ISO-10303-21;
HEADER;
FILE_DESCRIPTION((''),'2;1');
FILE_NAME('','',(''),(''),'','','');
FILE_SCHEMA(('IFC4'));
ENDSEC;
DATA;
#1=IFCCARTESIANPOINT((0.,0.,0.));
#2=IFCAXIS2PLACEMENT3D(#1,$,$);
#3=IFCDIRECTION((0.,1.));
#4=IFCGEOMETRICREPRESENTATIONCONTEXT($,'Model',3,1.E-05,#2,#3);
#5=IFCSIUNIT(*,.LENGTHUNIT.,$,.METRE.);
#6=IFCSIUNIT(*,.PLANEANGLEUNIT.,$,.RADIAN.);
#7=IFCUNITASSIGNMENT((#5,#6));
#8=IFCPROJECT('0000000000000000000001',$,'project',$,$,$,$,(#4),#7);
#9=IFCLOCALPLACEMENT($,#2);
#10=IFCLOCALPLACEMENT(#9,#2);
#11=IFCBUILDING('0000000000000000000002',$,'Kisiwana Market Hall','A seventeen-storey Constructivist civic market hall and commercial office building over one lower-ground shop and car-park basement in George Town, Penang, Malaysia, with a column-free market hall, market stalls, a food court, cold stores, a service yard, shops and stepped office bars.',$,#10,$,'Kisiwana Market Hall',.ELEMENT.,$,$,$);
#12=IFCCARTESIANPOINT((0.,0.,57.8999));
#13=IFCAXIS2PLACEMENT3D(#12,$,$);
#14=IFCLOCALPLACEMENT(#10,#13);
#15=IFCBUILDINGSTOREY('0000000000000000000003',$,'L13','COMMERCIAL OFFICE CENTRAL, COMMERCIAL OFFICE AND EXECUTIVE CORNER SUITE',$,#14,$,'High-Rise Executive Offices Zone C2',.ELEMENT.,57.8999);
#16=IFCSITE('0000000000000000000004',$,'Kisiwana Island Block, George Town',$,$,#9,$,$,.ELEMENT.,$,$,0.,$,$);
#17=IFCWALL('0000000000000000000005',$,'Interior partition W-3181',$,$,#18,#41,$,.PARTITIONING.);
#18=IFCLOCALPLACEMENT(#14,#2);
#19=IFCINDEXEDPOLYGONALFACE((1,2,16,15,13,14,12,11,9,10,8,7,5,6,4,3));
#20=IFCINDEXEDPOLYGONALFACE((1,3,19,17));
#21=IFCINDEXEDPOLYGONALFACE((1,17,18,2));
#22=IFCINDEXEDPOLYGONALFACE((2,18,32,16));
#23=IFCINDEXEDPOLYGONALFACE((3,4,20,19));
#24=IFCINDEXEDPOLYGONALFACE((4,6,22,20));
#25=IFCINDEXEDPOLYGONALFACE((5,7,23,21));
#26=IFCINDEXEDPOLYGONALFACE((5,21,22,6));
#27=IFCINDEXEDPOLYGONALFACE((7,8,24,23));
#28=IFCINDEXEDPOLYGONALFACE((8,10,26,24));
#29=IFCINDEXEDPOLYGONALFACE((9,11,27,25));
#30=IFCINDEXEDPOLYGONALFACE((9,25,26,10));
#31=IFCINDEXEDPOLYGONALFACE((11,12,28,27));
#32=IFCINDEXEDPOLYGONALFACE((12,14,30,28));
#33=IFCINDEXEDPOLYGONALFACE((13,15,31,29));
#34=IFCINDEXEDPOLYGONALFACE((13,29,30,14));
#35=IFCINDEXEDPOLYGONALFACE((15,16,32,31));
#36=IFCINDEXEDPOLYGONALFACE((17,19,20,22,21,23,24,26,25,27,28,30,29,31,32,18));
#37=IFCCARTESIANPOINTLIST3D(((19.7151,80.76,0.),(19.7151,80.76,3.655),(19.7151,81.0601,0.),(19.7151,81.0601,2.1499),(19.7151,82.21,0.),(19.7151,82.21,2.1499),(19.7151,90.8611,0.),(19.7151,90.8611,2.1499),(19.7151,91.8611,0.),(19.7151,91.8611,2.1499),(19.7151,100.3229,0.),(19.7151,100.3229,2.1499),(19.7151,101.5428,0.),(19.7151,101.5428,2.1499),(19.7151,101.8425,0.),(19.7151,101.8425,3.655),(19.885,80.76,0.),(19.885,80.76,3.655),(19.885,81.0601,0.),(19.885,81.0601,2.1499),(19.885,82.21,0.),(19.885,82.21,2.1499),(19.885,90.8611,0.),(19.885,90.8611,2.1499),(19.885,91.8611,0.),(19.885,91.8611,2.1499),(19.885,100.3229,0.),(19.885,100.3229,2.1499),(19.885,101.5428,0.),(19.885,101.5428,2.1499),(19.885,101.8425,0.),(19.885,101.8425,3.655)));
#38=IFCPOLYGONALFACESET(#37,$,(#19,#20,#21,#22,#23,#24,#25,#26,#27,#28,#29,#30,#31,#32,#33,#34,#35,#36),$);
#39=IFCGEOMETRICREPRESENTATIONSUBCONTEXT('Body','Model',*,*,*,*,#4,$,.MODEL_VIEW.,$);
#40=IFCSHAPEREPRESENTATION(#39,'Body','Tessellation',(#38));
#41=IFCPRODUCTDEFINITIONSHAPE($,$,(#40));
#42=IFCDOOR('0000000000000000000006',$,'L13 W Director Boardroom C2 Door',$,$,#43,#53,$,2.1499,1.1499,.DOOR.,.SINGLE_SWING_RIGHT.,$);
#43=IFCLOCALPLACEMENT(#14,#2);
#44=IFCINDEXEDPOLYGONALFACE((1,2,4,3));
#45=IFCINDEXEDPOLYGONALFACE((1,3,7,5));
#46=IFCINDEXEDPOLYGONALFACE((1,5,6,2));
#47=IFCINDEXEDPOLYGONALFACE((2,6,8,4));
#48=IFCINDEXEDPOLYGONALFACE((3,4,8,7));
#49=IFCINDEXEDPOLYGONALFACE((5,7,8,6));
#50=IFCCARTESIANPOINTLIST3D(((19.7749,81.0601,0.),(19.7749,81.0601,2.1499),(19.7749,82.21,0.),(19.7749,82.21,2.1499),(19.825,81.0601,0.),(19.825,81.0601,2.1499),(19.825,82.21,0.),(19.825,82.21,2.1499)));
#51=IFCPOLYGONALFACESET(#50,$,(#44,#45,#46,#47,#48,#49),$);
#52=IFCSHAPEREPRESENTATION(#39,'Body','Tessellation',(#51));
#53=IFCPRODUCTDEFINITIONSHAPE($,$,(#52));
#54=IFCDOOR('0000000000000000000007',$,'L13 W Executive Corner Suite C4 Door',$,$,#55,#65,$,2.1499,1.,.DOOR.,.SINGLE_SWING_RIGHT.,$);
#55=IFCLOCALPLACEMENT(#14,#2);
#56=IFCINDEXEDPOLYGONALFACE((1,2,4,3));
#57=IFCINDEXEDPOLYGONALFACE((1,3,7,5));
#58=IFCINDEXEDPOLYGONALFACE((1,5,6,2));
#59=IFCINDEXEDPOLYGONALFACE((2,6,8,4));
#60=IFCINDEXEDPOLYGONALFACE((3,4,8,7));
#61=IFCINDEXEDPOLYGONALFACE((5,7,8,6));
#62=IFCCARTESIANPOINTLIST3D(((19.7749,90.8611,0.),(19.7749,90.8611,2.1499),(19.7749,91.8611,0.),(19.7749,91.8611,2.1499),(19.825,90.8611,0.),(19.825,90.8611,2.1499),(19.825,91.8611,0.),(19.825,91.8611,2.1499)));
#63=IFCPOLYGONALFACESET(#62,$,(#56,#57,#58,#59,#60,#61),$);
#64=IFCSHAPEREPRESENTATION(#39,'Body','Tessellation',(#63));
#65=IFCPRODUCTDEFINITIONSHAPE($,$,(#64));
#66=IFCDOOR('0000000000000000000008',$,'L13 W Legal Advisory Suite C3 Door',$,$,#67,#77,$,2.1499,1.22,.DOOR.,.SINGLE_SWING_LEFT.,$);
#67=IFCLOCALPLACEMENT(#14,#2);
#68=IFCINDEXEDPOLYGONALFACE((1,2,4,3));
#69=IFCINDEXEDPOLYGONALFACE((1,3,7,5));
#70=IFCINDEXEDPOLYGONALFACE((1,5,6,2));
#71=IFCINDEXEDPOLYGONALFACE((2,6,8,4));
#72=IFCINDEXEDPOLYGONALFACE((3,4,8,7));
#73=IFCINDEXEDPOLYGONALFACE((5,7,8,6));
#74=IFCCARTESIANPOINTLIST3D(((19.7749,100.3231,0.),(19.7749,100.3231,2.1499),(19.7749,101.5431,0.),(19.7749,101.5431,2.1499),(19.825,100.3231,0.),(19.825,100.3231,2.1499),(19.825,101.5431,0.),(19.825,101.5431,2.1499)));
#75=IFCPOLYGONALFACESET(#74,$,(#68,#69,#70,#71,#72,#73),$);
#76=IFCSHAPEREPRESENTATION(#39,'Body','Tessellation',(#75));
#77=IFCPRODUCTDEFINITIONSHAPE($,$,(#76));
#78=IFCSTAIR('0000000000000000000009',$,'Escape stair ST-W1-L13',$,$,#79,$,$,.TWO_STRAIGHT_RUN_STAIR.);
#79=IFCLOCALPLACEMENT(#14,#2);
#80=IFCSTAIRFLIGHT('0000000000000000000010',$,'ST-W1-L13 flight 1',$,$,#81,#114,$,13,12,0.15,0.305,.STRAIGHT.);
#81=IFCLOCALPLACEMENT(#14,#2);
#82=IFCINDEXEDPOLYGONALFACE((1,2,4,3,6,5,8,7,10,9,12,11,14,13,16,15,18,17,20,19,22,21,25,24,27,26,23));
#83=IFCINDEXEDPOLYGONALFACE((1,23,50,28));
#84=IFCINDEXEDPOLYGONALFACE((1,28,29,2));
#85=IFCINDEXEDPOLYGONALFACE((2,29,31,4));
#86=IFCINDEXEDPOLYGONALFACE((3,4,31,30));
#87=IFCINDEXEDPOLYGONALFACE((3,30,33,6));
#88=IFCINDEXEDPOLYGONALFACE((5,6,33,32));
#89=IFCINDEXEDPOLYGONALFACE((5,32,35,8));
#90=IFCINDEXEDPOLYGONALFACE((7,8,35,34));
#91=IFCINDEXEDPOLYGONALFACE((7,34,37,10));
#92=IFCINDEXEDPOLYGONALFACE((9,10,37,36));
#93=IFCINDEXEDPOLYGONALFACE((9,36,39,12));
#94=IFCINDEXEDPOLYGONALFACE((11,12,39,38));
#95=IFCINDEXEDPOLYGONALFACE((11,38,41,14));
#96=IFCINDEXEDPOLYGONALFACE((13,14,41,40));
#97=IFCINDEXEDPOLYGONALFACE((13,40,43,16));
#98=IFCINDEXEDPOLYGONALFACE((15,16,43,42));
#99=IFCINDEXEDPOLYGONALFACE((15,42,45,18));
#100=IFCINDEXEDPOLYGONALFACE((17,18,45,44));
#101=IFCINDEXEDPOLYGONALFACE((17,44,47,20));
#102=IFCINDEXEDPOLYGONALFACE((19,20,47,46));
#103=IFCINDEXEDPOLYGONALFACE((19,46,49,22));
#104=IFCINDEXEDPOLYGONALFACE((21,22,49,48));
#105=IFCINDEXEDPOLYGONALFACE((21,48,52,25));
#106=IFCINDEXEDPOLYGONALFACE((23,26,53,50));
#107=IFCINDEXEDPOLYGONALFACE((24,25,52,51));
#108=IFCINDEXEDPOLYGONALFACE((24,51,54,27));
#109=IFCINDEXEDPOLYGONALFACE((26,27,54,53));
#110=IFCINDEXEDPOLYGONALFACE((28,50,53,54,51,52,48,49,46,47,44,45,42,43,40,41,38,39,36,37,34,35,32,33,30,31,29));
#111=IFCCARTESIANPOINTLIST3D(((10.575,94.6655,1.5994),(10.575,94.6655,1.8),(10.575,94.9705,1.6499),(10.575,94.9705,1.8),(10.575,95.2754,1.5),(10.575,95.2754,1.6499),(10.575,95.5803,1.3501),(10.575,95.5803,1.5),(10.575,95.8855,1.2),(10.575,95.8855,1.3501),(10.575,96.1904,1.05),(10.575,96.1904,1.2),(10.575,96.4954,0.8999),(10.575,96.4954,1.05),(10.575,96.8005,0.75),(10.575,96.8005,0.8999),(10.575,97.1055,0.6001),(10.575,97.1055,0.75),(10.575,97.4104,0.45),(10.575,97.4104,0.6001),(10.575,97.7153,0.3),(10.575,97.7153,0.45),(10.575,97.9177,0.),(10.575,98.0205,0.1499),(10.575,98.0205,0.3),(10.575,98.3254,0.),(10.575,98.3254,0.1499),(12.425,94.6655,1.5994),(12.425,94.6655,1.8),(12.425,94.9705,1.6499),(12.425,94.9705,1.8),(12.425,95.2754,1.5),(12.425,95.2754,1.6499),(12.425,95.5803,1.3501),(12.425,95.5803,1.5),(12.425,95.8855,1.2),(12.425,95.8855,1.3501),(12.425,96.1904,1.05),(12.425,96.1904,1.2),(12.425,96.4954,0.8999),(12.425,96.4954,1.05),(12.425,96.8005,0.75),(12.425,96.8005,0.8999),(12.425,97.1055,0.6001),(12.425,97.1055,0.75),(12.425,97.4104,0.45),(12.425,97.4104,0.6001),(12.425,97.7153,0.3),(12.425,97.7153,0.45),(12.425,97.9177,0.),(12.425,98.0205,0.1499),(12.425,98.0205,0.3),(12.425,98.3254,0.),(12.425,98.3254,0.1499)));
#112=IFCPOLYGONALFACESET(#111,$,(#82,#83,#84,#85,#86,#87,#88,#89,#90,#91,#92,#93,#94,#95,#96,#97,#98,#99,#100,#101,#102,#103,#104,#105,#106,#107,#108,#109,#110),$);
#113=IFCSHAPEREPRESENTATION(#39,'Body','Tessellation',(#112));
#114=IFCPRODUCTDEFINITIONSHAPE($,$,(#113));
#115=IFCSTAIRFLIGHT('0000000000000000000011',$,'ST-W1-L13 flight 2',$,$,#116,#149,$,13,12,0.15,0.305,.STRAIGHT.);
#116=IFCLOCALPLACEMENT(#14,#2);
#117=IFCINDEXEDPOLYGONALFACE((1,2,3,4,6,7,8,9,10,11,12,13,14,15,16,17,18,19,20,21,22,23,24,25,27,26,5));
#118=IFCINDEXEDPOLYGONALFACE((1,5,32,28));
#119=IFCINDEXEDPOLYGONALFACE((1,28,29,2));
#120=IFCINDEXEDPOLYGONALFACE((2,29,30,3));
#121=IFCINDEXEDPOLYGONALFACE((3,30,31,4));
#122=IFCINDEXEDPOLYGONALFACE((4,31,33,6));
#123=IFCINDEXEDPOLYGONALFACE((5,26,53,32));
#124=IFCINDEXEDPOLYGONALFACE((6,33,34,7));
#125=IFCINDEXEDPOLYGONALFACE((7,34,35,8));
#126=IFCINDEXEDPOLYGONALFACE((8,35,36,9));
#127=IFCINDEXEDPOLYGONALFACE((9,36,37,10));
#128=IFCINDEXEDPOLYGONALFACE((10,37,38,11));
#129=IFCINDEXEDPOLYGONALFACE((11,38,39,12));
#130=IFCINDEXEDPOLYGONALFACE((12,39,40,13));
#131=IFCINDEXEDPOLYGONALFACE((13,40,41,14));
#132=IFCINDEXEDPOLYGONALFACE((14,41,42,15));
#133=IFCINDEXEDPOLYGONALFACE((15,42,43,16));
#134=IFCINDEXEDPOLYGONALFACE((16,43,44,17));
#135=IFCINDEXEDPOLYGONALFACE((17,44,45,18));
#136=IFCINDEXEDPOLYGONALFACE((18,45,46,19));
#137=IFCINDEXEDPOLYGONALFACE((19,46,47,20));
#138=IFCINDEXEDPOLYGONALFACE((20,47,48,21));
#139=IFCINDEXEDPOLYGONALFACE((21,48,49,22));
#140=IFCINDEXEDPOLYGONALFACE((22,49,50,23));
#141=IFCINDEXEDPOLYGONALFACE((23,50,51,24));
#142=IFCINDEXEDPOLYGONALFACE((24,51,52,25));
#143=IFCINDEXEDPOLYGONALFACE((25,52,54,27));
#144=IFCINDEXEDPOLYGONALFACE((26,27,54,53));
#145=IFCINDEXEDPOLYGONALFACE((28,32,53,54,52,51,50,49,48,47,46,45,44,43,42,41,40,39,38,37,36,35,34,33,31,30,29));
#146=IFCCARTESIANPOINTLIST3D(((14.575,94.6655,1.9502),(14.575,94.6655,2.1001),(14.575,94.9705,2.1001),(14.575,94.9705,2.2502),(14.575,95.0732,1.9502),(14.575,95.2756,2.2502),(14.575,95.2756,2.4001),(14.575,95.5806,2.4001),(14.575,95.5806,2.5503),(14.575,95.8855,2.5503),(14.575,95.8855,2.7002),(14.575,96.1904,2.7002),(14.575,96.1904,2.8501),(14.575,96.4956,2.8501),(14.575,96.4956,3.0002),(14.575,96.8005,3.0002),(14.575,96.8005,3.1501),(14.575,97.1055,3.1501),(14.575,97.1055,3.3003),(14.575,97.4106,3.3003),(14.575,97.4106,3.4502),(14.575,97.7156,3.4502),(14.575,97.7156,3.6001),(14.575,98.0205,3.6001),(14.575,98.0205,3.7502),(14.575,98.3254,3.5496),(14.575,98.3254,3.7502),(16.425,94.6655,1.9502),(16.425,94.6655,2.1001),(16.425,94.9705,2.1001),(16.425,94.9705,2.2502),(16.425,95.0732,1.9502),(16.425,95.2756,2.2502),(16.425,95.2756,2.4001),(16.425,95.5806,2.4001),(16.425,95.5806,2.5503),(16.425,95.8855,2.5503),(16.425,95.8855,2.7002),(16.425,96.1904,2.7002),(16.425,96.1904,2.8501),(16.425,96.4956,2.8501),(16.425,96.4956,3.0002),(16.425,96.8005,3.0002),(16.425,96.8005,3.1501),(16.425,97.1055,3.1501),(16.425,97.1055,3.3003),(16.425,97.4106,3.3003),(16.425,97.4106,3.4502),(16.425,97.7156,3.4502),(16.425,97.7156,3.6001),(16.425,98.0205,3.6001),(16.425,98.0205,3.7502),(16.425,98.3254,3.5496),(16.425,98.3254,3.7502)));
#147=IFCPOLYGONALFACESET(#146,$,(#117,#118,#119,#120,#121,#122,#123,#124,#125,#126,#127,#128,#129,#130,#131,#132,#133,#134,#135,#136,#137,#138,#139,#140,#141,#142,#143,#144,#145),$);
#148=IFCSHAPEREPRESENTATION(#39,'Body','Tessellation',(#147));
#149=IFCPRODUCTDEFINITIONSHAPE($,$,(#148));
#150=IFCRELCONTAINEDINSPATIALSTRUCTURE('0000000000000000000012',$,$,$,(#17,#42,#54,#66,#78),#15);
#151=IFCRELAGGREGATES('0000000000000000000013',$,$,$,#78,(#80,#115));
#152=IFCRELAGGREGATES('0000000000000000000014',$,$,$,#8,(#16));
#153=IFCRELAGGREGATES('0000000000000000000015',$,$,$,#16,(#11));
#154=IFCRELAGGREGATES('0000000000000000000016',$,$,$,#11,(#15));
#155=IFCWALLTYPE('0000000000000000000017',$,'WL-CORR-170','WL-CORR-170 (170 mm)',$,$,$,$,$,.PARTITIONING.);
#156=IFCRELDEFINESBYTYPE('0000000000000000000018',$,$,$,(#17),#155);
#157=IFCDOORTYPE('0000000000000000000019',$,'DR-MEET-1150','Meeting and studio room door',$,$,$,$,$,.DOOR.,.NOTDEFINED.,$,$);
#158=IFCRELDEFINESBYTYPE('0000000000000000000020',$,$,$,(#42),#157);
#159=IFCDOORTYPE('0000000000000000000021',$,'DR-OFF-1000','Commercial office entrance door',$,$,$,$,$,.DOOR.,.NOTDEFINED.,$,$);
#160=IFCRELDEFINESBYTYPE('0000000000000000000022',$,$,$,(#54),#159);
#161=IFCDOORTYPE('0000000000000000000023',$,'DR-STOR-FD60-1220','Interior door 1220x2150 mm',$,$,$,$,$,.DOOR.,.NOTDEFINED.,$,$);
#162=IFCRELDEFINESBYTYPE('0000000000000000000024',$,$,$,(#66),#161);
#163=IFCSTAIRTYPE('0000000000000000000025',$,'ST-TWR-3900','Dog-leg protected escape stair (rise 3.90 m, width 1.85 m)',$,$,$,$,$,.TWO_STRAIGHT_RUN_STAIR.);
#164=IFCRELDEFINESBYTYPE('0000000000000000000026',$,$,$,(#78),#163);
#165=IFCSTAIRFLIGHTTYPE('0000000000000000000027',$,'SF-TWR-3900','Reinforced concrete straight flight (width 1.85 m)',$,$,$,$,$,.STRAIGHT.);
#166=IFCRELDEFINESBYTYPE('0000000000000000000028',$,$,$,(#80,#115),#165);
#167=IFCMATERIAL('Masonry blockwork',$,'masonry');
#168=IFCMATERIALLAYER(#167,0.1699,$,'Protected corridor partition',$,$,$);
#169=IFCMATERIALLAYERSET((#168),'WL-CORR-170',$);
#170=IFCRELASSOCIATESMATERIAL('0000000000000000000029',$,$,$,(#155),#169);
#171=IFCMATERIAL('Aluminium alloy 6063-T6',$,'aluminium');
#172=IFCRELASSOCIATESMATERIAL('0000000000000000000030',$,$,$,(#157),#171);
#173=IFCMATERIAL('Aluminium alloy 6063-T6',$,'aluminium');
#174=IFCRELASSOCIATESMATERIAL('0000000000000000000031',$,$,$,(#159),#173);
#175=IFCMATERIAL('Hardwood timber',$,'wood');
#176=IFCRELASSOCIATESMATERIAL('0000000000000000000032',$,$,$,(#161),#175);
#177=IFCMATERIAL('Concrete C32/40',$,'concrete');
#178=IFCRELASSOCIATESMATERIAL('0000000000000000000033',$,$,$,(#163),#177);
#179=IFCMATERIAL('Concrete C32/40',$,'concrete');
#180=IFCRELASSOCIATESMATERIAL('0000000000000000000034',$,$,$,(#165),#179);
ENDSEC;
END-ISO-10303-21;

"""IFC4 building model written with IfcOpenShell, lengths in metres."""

from ifc_helpers import new_model, si_unit, direction, frame, frame_2d, origin, place, context, subcontext, project, spatial, polyline, rectangle, outline, extrude, material, layer, layer_set, type_object, element, fill, aggregate, save


model = new_model("IFC4")

# Units and contexts
model_context = context("Model", 3, precision=1e-05, world=origin(), true_north=direction((0.0, 1.0)))
body_context = subcontext(model_context, "Body", "Model", "MODEL_VIEW")
ifc_project = project(units=[si_unit("LENGTHUNIT", "METRE"), si_unit("PLANEANGLEUNIT", "RADIAN")], contexts=[model_context])

# Site, building, storey
site_placement = place(None, origin())
site = spatial("IfcSite", under=ifc_project, at=site_placement, Name="Kisiwana Island Block, George Town", CompositionType="ELEMENT", RefElevation=0.0)
building_placement = place(site_placement, origin())
building = spatial("IfcBuilding", under=site, at=building_placement, Name="Kisiwana Market Hall", Description="A seventeen-storey Constructivist civic market hall and commercial office building over one lower-ground shop and car-park basement in George Town, Penang, Malaysia, with a column-free market hall, market stalls, a food court, cold stores, a service yard, shops and stepped office bars.", LongName="Kisiwana Market Hall", CompositionType="ELEMENT")
storey_placement = place(building_placement, frame((0.0, 0.0, 57.8999)))
storey = spatial("IfcBuildingStorey", under=building, at=storey_placement, Name="L13", Description="COMMERCIAL OFFICE CENTRAL, COMMERCIAL OFFICE AND EXECUTIVE CORNER SUITE", LongName="High-Rise Executive Offices Zone C2", CompositionType="ELEMENT", Elevation=57.8999)

# Wall, openings, doors
ifc_material_1 = material(Name="Masonry blockwork", Category="masonry")
ifc_layer_1 = layer(ifc_material_1, 0.1699, Name="Protected corridor partition")
ifc_layer_set_1 = layer_set([ifc_layer_1], Name="WL-CORR-170")
wall_type_1 = type_object("IfcWallType", Name="WL-CORR-170", Description="WL-CORR-170 (170 mm)", PredefinedType="PARTITIONING", material=ifc_layer_set_1)
wall_1_placement = place(storey_placement, frame((19.8, 80.76, 0.0), z_axis=(0.0, 0.0, 1.0), x_axis=(0.0, 1.0, 0.0)))
wall_1 = element("IfcWall", 1, at=wall_1_placement, inside=storey, type_object=wall_type_1, Name="Interior partition W-3181", PredefinedType="PARTITIONING", context=body_context, shape_type="SweptSolid", body=[
    extrude(rectangle(XDim=21.0825, YDim=0.1699, at=frame_2d((10.5413, 0.0))), origin(), (0.0, 0.0, 1.0), 3.655),
])
opening_1_placement = place(wall_1_placement, frame((10.1011, 0.0, 0.0)))
opening_1 = element("IfcOpeningElement", 2, at=opening_1_placement, cuts=wall_1, PredefinedType="OPENING", context=body_context, shape_type="SweptSolid", body=[
    extrude(rectangle(XDim=1.0, YDim=2.1499, at=frame_2d((0.5, 1.075))), frame((0.0, 0.0969, 0.0), z_axis=(0.0, -1.0, 0.0), x_axis=(1.0, 0.0, 0.0)), (0.0, 0.0, 1.0), 0.1938),
])
opening_2_placement = place(wall_1_placement, frame((0.3, 0.0, 0.0)))
opening_2 = element("IfcOpeningElement", 3, at=opening_2_placement, cuts=wall_1, PredefinedType="OPENING", context=body_context, shape_type="SweptSolid", body=[
    extrude(rectangle(XDim=1.1499, YDim=2.1499, at=frame_2d((0.575, 1.075))), frame((0.0, 0.0969, 0.0), z_axis=(0.0, -1.0, 0.0), x_axis=(1.0, 0.0, 0.0)), (0.0, 0.0, 1.0), 0.1938),
])
opening_3_placement = place(wall_1_placement, frame((19.563, 0.0, 0.0)))
opening_3 = element("IfcOpeningElement", 4, at=opening_3_placement, cuts=wall_1, PredefinedType="OPENING", context=body_context, shape_type="SweptSolid", body=[
    extrude(rectangle(XDim=1.22, YDim=2.1499, at=frame_2d((0.6099, 1.075))), frame((0.0, 0.0969, 0.0), z_axis=(0.0, -1.0, 0.0), x_axis=(1.0, 0.0, 0.0)), (0.0, 0.0, 1.0), 0.1938),
])
ifc_material_2 = material(Name="Aluminium alloy 6063-T6", Category="aluminium")
door_type_1 = type_object("IfcDoorType", Name="DR-MEET-1150", Description="Meeting and studio room door", OperationType="NOTDEFINED", PredefinedType="DOOR", material=ifc_material_2)
door_1_placement = place(opening_2_placement, frame((1.1499, 0.0, 0.0), z_axis=(0.0, 0.0, 1.0), x_axis=(-1.0, 0.0, 0.0)))
door_1 = element("IfcDoor", 5, at=door_1_placement, inside=storey, type_object=door_type_1, Name="L13 W Director Boardroom C2 Door", OperationType="SINGLE_SWING_RIGHT", OverallHeight=2.1499, OverallWidth=1.1499, PredefinedType="DOOR", context=body_context, shape_type="SweptSolid", body=[
    extrude(rectangle(XDim=1.1499, YDim=2.1499, at=frame_2d((0.575, 1.075))), frame((0.0, 0.0249, 0.0), z_axis=(0.0, -1.0, 0.0), x_axis=(1.0, 0.0, 0.0)), (0.0, 0.0, 1.0), 0.05),
])
fill(opening_2, door_1)
ifc_material_3 = material(Name="Aluminium alloy 6063-T6", Category="aluminium")
door_type_2 = type_object("IfcDoorType", Name="DR-OFF-1000", Description="Commercial office entrance door", OperationType="NOTDEFINED", PredefinedType="DOOR", material=ifc_material_3)
door_2_placement = place(opening_1_placement, frame((1.0, 0.0, 0.0), z_axis=(0.0, 0.0, 1.0), x_axis=(-1.0, 0.0, 0.0)))
door_2 = element("IfcDoor", 6, at=door_2_placement, inside=storey, type_object=door_type_2, Name="L13 W Executive Corner Suite C4 Door", OperationType="SINGLE_SWING_RIGHT", OverallHeight=2.1499, OverallWidth=1.0, PredefinedType="DOOR", context=body_context, shape_type="SweptSolid", body=[
    extrude(rectangle(XDim=1.0, YDim=2.1499, at=frame_2d((0.5, 1.075))), frame((0.0, 0.0249, 0.0), z_axis=(0.0, -1.0, 0.0), x_axis=(1.0, 0.0, 0.0)), (0.0, 0.0, 1.0), 0.05),
])
fill(opening_1, door_2)
ifc_material_4 = material(Name="Hardwood timber", Category="wood")
door_type_3 = type_object("IfcDoorType", Name="DR-STOR-FD60-1220", Description="Interior door 1220x2150 mm", OperationType="NOTDEFINED", PredefinedType="DOOR", material=ifc_material_4)
door_3_placement = place(opening_3_placement, frame((1.22, 0.0, 0.0), z_axis=(0.0, 0.0, 1.0), x_axis=(-1.0, 0.0, 0.0)))
door_3 = element("IfcDoor", 7, at=door_3_placement, inside=storey, type_object=door_type_3, Name="L13 W Legal Advisory Suite C3 Door", OperationType="SINGLE_SWING_LEFT", OverallHeight=2.1499, OverallWidth=1.22, PredefinedType="DOOR", context=body_context, shape_type="SweptSolid", body=[
    extrude(rectangle(XDim=1.22, YDim=2.1499, at=frame_2d((0.6099, 1.075))), frame((0.0, 0.0249, 0.0), z_axis=(0.0, -1.0, 0.0), x_axis=(1.0, 0.0, 0.0)), (0.0, 0.0, 1.0), 0.05),
])
fill(opening_3, door_3)

# Stair, stair flights
ifc_material_5 = material(Name="Concrete C32/40", Category="concrete")
stair_type = type_object("IfcStairType", Name="ST-TWR-3900", Description="Dog-leg protected escape stair (rise 3.90 m, width 1.85 m)", PredefinedType="TWO_STRAIGHT_RUN_STAIR", material=ifc_material_5)
stair_placement = place(storey_placement, origin())
stair = element("IfcStair", 8, at=stair_placement, inside=storey, type_object=stair_type, Name="Escape stair ST-W1-L13", PredefinedType="TWO_STRAIGHT_RUN_STAIR")
ifc_material_6 = material(Name="Concrete C32/40", Category="concrete")
stair_flight_type = type_object("IfcStairFlightType", Name="SF-TWR-3900", Description="Reinforced concrete straight flight (width 1.85 m)", PredefinedType="STRAIGHT", material=ifc_material_6)
stair_flight_1_placement = place(storey_placement, frame((11.5, 98.3254, 0.0), z_axis=(0.0, 0.0, 1.0), x_axis=(0.0, -1.0, 0.0)))
stair_flight_1 = element("IfcStairFlight", 9, at=stair_flight_1_placement, type_object=stair_flight_type, Name="ST-W1-L13 flight 1", NumberOfRisers=13, NumberOfTreads=12, PredefinedType="STRAIGHT", RiserHeight=0.15, TreadLength=0.305, context=body_context, shape_type="SweptSolid", body=[
    extrude(outline(polyline([(0.0, 0.0), (0.0, 0.1499), (0.3049, 0.1499), (0.3049, 0.3), (0.6101, 0.3), (0.6101, 0.45), (0.915, 0.45), (0.915, 0.6001), (1.22, 0.6001), (1.22, 0.75), (1.5249, 0.75), (1.5249, 0.8999), (1.8301, 0.8999), (1.8301, 1.05), (2.135, 1.05), (2.135, 1.2), (2.4399, 1.2), (2.4399, 1.3501), (2.7451, 1.3501), (2.7451, 1.5), (3.05, 1.5), (3.05, 1.6499), (3.355, 1.6499), (3.355, 1.8), (3.6599, 1.8), (3.6599, 1.95), (3.6599, 1.5994), (0.4077, 0.0), (0.0, 0.0)])), frame((0.0, 0.925, 0.0), z_axis=(0.0, -1.0, 0.0), x_axis=(1.0, 0.0, 0.0)), (0.0, 0.0, 1.0), 1.8501),
])
stair_flight_2_placement = place(storey_placement, frame((15.5, 94.6655, 1.9502), z_axis=(0.0, 0.0, 1.0), x_axis=(0.0, 1.0, 0.0)))
stair_flight_2 = element("IfcStairFlight", 10, at=stair_flight_2_placement, type_object=stair_flight_type, Name="ST-W1-L13 flight 2", NumberOfRisers=13, NumberOfTreads=12, PredefinedType="STRAIGHT", RiserHeight=0.15, TreadLength=0.305, context=body_context, shape_type="SweptSolid", body=[
    extrude(outline(polyline([(0.0, 0.0), (0.0, 0.1499), (0.3049, 0.1499), (0.3049, 0.3), (0.6101, 0.3), (0.6101, 0.45), (0.915, 0.45), (0.915, 0.6001), (1.22, 0.6001), (1.22, 0.75), (1.5249, 0.75), (1.5249, 0.8999), (1.8301, 0.8999), (1.8301, 1.05), (2.135, 1.05), (2.135, 1.2), (2.4399, 1.2), (2.4399, 1.3501), (2.7451, 1.3501), (2.7451, 1.5), (3.05, 1.5), (3.05, 1.6499), (3.355, 1.6499), (3.355, 1.8), (3.6599, 1.8), (3.6599, 1.95), (3.6599, 1.5994), (0.4077, 0.0), (0.0, 0.0)])), frame((0.0, 0.925, 0.0), z_axis=(0.0, -1.0, 0.0), x_axis=(1.0, 0.0, 0.0)), (0.0, 0.0, 1.0), 1.8501),
])
aggregate(stair, [stair_flight_1, stair_flight_2])

save(model, "model.ifc")
